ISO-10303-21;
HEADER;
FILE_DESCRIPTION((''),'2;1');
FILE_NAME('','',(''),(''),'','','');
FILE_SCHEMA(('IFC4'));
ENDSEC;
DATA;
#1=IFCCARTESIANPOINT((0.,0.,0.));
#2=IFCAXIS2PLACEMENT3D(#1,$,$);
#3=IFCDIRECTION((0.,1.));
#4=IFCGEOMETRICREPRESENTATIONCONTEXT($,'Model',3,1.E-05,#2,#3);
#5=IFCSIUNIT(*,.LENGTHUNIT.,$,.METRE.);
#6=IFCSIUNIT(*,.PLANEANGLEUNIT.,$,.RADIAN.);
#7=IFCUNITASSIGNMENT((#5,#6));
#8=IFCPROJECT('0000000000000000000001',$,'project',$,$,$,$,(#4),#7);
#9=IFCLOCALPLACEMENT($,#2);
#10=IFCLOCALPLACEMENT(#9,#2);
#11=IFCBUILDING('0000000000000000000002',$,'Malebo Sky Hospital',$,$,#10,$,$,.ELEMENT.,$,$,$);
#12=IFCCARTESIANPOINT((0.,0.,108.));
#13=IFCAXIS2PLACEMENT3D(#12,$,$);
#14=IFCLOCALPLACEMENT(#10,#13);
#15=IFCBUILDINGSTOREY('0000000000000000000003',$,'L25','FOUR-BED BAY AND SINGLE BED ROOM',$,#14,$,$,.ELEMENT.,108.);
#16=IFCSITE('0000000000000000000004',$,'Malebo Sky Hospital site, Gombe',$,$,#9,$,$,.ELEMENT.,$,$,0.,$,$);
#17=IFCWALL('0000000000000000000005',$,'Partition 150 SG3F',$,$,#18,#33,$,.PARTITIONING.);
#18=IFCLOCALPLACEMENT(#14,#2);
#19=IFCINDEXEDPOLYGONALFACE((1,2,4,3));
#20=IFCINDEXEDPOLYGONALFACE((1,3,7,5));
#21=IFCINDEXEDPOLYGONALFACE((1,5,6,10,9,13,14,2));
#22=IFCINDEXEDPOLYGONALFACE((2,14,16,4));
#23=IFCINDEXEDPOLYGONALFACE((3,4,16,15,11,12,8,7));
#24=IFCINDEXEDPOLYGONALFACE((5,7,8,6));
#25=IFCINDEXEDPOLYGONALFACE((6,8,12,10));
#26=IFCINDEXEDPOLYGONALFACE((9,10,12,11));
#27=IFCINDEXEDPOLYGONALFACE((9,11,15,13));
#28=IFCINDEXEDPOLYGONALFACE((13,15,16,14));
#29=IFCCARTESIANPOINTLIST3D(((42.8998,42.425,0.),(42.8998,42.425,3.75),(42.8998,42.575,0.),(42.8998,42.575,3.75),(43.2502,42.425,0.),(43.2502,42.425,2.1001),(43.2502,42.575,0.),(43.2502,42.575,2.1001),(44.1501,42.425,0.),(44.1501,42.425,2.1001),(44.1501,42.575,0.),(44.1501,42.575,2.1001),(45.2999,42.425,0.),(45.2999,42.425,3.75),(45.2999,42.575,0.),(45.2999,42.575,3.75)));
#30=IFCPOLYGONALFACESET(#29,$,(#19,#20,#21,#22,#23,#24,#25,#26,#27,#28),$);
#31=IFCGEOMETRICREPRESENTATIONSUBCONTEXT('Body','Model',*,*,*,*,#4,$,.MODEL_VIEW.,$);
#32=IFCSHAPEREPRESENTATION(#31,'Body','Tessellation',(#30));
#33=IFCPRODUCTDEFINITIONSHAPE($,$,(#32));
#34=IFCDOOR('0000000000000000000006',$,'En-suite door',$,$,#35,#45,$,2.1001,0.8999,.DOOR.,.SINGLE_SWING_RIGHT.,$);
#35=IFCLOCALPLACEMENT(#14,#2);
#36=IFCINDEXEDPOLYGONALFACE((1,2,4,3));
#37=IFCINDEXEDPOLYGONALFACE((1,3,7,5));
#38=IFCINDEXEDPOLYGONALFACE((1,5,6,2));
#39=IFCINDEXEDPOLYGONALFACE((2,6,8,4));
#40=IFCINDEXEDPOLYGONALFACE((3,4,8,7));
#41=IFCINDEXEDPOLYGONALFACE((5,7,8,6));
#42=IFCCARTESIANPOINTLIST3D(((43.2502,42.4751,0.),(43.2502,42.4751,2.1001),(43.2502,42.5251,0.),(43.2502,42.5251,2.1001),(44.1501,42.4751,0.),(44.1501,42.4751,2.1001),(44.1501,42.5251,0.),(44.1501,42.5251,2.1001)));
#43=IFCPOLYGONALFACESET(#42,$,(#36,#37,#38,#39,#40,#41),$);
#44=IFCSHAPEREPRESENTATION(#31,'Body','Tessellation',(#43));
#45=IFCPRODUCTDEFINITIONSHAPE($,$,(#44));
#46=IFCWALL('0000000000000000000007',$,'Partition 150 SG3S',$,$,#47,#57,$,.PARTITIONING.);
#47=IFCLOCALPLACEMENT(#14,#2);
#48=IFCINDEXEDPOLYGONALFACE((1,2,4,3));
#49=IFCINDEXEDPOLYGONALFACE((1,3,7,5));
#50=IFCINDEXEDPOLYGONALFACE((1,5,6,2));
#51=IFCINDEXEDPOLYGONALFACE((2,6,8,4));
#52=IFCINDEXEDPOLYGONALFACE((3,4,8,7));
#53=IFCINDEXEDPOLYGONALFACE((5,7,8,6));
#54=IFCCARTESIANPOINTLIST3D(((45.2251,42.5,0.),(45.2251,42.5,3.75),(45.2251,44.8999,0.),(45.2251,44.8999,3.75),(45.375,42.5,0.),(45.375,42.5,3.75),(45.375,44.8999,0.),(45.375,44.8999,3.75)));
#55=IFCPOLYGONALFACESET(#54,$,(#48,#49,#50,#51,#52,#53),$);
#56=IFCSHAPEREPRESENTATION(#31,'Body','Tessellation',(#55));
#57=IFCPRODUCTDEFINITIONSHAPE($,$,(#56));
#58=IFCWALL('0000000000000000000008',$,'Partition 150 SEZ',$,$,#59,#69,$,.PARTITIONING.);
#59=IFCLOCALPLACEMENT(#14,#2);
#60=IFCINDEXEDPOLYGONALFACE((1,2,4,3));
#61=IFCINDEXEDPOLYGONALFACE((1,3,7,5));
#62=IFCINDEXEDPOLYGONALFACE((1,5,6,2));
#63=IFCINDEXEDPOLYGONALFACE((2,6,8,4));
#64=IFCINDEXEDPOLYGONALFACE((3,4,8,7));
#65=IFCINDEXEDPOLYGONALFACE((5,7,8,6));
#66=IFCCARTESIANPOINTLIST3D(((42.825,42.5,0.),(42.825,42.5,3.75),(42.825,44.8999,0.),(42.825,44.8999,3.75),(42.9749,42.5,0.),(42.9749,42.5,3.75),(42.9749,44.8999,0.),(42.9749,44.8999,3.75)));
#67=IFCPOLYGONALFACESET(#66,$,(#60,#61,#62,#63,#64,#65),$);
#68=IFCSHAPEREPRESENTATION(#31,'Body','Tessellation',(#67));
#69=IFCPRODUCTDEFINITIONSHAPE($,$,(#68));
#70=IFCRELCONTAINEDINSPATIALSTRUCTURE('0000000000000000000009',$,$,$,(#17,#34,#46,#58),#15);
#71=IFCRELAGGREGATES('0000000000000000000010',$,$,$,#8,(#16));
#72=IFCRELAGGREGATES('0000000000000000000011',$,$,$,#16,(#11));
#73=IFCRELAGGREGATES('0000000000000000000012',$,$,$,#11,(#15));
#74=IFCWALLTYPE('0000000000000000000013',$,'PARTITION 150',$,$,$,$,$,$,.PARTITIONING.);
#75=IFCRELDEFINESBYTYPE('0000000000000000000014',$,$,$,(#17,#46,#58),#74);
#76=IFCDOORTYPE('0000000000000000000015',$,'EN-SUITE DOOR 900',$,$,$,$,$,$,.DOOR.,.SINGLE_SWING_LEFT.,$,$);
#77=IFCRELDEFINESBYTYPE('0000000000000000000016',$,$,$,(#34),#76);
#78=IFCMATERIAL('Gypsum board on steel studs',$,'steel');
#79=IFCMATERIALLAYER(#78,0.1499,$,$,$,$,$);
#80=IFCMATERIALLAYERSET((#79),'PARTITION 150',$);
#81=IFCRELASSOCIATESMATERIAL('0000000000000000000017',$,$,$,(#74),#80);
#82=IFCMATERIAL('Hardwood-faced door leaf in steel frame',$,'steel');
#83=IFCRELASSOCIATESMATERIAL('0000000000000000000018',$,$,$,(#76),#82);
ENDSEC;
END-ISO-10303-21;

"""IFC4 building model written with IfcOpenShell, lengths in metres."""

from ifc_helpers import new_model, si_unit, direction, frame, frame_2d, origin, place, context, subcontext, project, spatial, rectangle, extrude, material, layer, layer_set, type_object, element, fill, save


model = new_model("IFC4")

# Units and contexts
model_context = context("Model", 3, precision=1e-05, world=origin(), true_north=direction((0.0, 1.0)))
body_context = subcontext(model_context, "Body", "Model", "MODEL_VIEW")
ifc_project = project(units=[si_unit("LENGTHUNIT", "METRE"), si_unit("PLANEANGLEUNIT", "RADIAN")], contexts=[model_context])

# Site, building, storey
site_placement = place(None, origin())
site = spatial("IfcSite", under=ifc_project, at=site_placement, Name="Malebo Sky Hospital site, Gombe", CompositionType="ELEMENT", RefElevation=0.0)
building_placement = place(site_placement, origin())
building = spatial("IfcBuilding", under=site, at=building_placement, Name="Malebo Sky Hospital", CompositionType="ELEMENT")
storey_placement = place(building_placement, frame((0.0, 0.0, 108.0)))
storey = spatial("IfcBuildingStorey", under=building, at=storey_placement, Name="L25", Description="FOUR-BED BAY AND SINGLE BED ROOM", CompositionType="ELEMENT", Elevation=108.0)

# Shared definitions
ifc_material_1 = material(Name="Gypsum board on steel studs", Category="steel")
ifc_material_2 = material(Name="Hardwood-faced door leaf in steel frame", Category="steel")

# Shared definitions
ifc_layer_1 = layer(ifc_material_1, 0.1499)
ifc_layer_set_1 = layer_set([ifc_layer_1], Name="PARTITION 150")
wall_type_1 = type_object("IfcWallType", Name="PARTITION 150", PredefinedType="PARTITIONING", material=ifc_layer_set_1)

# Wall, opening, door
door_type_1 = type_object("IfcDoorType", Name="EN-SUITE DOOR 900", OperationType="SINGLE_SWING_LEFT", PredefinedType="DOOR", material=ifc_material_2)
wall_1_placement = place(storey_placement, frame((45.3, 42.5, 0.0), z_axis=(0.0, 0.0, 1.0), x_axis=(-1.0, 0.0, 0.0)))
wall_1 = element("IfcWall", 1, at=wall_1_placement, inside=storey, type_object=wall_type_1, Name="Partition 150 SG3F", PredefinedType="PARTITIONING", context=body_context, shape_type="SweptSolid", body=[
    extrude(rectangle(XDim=2.4001, YDim=0.1499, at=frame_2d((1.2002, 0.0))), origin(), (0.0, 0.0, 1.0), 3.75),
])
opening_1_placement = place(wall_1_placement, frame((1.1499, 0.0, 0.0)))
opening_1 = element("IfcOpeningElement", 2, at=opening_1_placement, cuts=wall_1, PredefinedType="OPENING", context=body_context, shape_type="SweptSolid", body=[
    extrude(rectangle(XDim=0.8999, YDim=2.1001, at=frame_2d((0.45, 1.05))), frame((0.0, 0.085, 0.0), z_axis=(0.0, -1.0, 0.0), x_axis=(1.0, 0.0, 0.0)), (0.0, 0.0, 1.0), 0.1699),
])
door_1_placement = place(opening_1_placement, origin())
door_1 = element("IfcDoor", 3, at=door_1_placement, inside=storey, type_object=door_type_1, Name="En-suite door", OperationType="SINGLE_SWING_RIGHT", OverallHeight=2.1001, OverallWidth=0.8999, PredefinedType="DOOR", context=body_context, shape_type="SweptSolid", body=[
    extrude(rectangle(XDim=0.8999, YDim=2.1001, at=frame_2d((0.45, 1.05))), frame((0.0, 0.0249, 0.0), z_axis=(0.0, -1.0, 0.0), x_axis=(1.0, 0.0, 0.0)), (0.0, 0.0, 1.0), 0.05),
])
fill(opening_1, door_1)

# Walls
for number, where, z_axis, x_axis, name in (
    (4, (45.3, 44.8999, 0.0), (0.0, 0.0, 1.0), (0.0, -1.0, 0.0), "Partition 150 SG3S"),
    (5, (42.8999, 44.8999, 0.0), (0.0, 0.0, 1.0), (0.0, -1.0, 0.0), "Partition 150 SEZ"),
):
    element("IfcWall", number, at=place(storey_placement, frame(where, z_axis=z_axis, x_axis=x_axis)), inside=storey, type_object=wall_type_1, Name=name, PredefinedType="PARTITIONING", context=body_context, shape_type="SweptSolid", body=[
        extrude(rectangle(XDim=2.3999, YDim=0.1499, at=frame_2d((1.2, 0.0))), origin(), (0.0, 0.0, 1.0), 3.75),
    ])

save(model, "model.ifc")
